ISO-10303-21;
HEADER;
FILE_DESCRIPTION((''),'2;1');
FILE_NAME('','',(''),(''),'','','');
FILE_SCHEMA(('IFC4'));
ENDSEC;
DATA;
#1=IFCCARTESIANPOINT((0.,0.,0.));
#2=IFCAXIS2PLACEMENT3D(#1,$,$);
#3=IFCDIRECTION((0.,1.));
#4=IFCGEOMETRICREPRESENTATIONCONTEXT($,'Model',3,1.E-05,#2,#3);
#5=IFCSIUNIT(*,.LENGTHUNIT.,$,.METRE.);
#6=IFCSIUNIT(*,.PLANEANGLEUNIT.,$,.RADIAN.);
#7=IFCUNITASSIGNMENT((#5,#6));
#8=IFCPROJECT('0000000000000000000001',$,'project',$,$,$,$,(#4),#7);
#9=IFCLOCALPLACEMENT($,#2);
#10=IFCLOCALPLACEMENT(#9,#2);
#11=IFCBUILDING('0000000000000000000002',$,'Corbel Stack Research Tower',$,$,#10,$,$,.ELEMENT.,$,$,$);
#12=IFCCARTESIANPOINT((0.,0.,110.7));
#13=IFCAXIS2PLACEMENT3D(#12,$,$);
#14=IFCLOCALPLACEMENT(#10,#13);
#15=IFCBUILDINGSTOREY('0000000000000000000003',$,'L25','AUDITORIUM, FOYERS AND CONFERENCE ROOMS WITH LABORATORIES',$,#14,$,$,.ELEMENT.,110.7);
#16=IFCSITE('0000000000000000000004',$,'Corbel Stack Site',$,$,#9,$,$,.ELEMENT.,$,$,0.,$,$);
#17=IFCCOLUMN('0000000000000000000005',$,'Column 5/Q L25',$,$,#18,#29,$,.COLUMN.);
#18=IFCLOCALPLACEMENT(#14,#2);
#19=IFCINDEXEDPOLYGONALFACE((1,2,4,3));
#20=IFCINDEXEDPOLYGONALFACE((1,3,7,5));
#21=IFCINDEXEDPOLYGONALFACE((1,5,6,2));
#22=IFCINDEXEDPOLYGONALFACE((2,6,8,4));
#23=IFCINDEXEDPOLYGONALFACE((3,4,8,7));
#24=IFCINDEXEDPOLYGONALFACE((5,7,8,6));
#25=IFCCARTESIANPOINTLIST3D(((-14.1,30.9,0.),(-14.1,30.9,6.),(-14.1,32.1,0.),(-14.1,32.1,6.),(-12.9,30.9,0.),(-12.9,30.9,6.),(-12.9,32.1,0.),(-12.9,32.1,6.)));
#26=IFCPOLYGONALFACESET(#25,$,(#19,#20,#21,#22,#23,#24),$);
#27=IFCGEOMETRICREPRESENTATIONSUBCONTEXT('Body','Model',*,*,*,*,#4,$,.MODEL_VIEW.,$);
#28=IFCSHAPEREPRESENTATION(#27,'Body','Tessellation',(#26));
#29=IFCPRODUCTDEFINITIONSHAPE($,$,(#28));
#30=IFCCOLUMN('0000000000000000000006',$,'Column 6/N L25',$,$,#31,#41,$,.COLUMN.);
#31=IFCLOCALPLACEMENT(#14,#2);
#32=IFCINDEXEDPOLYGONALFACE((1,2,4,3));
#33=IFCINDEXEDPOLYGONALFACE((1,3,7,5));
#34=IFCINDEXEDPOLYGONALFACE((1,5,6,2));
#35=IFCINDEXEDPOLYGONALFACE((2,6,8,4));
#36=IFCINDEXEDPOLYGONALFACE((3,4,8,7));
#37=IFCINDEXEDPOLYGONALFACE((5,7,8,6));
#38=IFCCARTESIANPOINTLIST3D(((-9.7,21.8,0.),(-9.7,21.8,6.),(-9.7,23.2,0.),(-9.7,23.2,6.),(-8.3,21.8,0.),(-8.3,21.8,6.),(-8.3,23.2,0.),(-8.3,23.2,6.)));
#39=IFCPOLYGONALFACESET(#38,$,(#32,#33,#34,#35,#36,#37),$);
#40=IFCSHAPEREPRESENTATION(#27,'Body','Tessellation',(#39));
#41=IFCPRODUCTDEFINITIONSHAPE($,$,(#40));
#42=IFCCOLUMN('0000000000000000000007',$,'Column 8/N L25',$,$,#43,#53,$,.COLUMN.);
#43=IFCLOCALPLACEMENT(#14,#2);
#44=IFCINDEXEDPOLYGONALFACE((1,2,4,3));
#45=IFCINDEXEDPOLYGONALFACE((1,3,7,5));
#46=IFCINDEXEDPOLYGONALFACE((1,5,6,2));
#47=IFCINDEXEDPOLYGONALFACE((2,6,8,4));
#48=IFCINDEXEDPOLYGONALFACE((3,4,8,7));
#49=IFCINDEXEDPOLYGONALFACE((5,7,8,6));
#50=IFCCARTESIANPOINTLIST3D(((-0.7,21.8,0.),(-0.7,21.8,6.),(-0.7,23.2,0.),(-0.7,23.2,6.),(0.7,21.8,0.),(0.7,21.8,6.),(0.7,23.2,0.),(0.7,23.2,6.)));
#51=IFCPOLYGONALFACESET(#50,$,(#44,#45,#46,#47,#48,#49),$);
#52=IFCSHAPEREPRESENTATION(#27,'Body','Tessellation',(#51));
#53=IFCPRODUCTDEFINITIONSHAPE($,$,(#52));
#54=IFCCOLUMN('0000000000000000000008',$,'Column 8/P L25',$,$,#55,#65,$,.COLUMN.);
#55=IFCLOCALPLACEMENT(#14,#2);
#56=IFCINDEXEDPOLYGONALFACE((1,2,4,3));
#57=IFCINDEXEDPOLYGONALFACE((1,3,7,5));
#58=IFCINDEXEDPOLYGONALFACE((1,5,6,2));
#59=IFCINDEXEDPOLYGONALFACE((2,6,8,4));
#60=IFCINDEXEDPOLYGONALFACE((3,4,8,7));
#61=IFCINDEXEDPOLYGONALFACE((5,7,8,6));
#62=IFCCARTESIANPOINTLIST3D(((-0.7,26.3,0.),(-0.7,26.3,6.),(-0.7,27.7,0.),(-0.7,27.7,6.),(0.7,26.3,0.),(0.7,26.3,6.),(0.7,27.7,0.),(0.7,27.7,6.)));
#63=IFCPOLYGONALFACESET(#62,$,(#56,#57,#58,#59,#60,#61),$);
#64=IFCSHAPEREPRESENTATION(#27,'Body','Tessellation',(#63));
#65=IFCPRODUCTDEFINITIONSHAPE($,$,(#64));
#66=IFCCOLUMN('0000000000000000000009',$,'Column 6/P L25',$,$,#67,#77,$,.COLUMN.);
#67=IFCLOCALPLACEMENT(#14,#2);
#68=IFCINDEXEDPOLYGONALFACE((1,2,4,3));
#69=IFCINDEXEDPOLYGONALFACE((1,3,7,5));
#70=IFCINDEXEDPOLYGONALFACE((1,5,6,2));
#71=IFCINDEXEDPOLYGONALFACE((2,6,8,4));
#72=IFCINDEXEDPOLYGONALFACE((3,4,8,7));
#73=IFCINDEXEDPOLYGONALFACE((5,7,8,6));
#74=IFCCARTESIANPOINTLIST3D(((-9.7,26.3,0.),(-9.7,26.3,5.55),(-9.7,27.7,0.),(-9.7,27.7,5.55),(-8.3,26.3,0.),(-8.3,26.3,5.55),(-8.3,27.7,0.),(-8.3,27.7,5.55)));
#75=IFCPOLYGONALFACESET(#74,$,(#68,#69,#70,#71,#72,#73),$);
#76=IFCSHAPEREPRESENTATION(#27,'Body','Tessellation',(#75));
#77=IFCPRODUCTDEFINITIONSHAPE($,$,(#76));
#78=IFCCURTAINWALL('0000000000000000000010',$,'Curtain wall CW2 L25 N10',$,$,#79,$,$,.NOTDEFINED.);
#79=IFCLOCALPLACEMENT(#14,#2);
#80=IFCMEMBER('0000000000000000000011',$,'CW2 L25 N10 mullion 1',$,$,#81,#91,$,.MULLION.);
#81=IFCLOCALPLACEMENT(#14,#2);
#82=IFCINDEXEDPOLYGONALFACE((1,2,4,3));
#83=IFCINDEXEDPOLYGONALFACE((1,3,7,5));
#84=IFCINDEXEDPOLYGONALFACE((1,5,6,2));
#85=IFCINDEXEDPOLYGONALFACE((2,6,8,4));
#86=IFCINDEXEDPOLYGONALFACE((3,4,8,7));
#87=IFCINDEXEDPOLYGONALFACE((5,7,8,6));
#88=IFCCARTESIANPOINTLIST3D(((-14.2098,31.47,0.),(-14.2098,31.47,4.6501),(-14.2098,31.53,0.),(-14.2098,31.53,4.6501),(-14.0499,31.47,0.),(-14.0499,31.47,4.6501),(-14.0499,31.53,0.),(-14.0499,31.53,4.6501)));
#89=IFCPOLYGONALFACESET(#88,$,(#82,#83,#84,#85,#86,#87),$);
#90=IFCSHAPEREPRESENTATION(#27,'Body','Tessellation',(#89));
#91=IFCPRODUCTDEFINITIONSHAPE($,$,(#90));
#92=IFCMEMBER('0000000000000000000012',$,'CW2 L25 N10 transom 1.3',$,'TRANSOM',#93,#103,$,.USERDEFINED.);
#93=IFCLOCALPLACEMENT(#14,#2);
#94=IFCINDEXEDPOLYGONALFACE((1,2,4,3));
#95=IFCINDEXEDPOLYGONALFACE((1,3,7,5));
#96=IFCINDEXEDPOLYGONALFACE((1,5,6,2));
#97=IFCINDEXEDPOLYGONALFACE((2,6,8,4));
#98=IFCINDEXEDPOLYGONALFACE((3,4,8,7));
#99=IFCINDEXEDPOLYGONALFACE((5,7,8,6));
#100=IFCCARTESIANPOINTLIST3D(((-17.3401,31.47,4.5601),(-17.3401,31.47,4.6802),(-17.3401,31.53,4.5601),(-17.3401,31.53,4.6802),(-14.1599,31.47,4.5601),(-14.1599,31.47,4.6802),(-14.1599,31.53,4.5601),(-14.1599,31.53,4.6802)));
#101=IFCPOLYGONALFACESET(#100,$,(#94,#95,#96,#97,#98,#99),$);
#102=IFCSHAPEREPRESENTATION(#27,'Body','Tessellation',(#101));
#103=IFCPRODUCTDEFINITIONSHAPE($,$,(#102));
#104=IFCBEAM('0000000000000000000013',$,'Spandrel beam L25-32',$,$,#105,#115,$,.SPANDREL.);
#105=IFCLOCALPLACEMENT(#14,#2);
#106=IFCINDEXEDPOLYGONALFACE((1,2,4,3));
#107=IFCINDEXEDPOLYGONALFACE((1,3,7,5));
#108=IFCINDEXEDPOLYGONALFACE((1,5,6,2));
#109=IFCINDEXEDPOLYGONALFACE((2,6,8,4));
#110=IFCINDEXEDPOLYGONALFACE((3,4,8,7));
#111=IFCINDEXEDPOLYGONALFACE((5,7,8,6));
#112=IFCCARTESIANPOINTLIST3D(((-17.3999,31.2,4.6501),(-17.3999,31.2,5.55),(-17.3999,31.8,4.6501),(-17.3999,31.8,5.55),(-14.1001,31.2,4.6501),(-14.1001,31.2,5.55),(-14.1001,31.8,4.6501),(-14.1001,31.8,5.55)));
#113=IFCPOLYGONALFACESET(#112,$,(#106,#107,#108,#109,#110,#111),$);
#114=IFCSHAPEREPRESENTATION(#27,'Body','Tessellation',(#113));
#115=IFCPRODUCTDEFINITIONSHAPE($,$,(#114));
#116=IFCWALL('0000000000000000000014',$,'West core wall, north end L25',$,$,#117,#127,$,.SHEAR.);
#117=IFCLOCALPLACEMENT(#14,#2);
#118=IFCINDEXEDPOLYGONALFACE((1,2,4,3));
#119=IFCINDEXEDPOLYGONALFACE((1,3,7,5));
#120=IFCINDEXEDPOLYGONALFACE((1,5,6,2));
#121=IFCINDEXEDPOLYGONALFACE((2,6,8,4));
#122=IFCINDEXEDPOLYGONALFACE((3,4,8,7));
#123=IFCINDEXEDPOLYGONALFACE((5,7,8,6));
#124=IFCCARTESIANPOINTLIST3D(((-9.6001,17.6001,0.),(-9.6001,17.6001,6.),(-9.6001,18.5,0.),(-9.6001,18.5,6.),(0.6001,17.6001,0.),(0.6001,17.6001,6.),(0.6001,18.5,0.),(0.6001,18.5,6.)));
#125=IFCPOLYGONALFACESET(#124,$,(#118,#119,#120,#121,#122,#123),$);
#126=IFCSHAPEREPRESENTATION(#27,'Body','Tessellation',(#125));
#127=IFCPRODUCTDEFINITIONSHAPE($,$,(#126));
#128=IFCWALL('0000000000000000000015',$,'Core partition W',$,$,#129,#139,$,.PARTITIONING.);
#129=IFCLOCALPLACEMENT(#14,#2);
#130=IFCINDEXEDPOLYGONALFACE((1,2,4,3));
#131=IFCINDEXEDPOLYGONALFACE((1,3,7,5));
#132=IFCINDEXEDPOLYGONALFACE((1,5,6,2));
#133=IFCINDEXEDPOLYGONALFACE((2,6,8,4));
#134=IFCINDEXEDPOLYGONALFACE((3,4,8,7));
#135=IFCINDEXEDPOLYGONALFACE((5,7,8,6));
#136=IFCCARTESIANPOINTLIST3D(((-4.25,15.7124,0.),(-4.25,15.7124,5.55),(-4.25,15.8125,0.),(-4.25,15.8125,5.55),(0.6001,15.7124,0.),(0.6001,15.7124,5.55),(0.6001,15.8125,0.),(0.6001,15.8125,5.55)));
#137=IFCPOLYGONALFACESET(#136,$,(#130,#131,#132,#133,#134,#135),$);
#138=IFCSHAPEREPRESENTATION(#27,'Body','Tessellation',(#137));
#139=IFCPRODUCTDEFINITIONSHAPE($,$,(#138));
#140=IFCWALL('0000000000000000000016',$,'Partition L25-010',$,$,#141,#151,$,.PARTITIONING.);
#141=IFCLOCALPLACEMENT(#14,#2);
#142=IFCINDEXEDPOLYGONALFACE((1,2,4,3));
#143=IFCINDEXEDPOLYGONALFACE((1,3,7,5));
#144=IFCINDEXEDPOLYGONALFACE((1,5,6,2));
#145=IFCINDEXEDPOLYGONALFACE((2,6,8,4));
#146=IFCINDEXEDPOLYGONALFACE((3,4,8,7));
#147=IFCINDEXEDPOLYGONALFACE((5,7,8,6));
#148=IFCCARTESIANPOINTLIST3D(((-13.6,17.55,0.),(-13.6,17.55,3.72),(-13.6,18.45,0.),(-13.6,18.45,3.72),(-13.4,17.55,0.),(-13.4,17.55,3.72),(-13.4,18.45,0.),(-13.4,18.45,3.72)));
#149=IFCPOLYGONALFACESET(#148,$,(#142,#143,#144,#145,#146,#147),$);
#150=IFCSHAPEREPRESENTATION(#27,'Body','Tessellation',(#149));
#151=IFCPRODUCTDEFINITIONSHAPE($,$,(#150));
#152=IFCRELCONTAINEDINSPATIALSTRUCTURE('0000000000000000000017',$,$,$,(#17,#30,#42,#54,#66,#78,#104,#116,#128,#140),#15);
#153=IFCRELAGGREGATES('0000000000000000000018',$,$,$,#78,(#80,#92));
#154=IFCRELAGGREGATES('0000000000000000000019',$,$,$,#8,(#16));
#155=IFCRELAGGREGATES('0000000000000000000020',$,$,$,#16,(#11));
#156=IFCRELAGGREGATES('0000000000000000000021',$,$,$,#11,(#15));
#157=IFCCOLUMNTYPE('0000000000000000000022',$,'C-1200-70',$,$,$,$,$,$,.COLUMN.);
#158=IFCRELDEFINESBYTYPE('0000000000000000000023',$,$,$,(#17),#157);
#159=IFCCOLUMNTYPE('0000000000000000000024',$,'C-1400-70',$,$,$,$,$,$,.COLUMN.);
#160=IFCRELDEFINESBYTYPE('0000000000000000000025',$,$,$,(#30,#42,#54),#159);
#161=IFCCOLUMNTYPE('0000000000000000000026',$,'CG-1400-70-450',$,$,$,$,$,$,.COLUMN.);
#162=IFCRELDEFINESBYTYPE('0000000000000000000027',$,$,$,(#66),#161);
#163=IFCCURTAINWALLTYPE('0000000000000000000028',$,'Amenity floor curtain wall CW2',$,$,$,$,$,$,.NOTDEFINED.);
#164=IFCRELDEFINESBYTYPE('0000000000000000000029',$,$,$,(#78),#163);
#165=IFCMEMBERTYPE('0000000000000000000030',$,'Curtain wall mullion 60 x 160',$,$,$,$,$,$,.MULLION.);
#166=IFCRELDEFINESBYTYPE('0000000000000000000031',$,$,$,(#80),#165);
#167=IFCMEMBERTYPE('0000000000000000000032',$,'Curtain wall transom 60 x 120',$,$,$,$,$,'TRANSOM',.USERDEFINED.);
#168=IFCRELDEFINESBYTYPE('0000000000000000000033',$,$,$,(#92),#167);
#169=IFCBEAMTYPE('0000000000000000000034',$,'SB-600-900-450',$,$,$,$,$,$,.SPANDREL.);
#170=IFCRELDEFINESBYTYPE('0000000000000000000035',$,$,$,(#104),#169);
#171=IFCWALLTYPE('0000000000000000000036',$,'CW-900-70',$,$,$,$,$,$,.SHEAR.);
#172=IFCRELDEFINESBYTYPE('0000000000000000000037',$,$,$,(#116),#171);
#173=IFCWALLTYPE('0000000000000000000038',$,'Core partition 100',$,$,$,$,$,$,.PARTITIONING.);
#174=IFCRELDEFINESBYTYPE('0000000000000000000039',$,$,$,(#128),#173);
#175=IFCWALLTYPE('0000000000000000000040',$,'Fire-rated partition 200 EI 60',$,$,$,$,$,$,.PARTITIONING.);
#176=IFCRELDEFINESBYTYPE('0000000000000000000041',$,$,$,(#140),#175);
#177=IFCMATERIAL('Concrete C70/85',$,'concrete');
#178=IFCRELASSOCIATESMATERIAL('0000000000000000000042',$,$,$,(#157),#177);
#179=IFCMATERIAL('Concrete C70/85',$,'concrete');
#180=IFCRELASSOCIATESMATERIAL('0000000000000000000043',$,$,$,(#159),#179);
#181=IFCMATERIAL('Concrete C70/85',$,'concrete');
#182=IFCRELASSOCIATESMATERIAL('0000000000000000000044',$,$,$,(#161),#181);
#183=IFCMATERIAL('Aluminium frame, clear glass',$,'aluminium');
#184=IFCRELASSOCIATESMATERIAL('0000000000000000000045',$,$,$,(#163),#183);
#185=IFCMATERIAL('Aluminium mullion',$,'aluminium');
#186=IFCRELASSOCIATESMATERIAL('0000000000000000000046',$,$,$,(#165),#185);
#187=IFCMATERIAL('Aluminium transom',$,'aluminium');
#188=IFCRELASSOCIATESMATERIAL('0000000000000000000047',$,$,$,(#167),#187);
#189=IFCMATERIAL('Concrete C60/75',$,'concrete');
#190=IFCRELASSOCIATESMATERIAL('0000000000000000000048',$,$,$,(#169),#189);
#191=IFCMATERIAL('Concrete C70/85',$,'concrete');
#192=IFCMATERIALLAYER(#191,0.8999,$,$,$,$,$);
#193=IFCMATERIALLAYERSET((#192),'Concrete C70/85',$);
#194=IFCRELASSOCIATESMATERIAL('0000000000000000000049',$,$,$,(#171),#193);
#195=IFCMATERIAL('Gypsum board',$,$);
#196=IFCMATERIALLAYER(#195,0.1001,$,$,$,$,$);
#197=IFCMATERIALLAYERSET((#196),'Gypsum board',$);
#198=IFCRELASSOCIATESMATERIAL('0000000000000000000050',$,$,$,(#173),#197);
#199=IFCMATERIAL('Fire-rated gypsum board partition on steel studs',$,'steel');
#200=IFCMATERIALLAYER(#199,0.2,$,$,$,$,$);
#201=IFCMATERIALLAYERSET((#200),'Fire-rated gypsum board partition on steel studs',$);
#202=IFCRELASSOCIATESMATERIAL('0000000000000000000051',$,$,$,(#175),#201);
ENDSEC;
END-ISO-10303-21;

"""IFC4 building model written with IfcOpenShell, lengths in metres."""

from ifc_helpers import new_model, si_unit, direction, frame, frame_2d, origin, origin_2d, place, context, subcontext, project, spatial, rectangle, extrude, material, layer, layer_set, material_profile, profile_set, type_object, element, aggregate, save


model = new_model("IFC4")

# Units and contexts
model_context = context("Model", 3, precision=1e-05, world=origin(), true_north=direction((0.0, 1.0)))
body_context = subcontext(model_context, "Body", "Model", "MODEL_VIEW")
ifc_project = project(units=[si_unit("LENGTHUNIT", "METRE"), si_unit("PLANEANGLEUNIT", "RADIAN")], contexts=[model_context])

# Site, building, storey
site_placement = place(None, origin())
site = spatial("IfcSite", under=ifc_project, at=site_placement, Name="Corbel Stack Site", CompositionType="ELEMENT", RefElevation=0.0)
building_placement = place(site_placement, origin())
building = spatial("IfcBuilding", under=site, at=building_placement, Name="Corbel Stack Research Tower", CompositionType="ELEMENT")
storey_placement = place(building_placement, frame((0.0, 0.0, 110.7)))
storey = spatial("IfcBuildingStorey", under=building, at=storey_placement, Name="L25", Description="AUDITORIUM, FOYERS AND CONFERENCE ROOMS WITH LABORATORIES", CompositionType="ELEMENT", Elevation=110.7)

# Columns
ifc_material_1 = material(Name="Concrete C70/85", Category="concrete")
ifc_material_profile_1 = material_profile(ifc_material_1, rectangle(XDim=1.2, YDim=1.2, at=origin_2d()), Name="RC 1200 x 1200")
ifc_profile_set_1 = profile_set([ifc_material_profile_1], Name="Concrete C70/85")
column_type_1 = type_object("IfcColumnType", Name="C-1200-70", PredefinedType="COLUMN", material=ifc_profile_set_1)
column_1_placement = place(storey_placement, frame((-13.5, 31.5, 0.0), z_axis=(0.0, 0.0, 1.0), x_axis=(1.0, 0.0, 0.0)))
element("IfcColumn", 1, at=column_1_placement, inside=storey, type_object=column_type_1, Name="Column 5/Q L25", PredefinedType="COLUMN", context=body_context, shape_type="SweptSolid", body=[
    extrude(rectangle(XDim=1.2, YDim=1.2, at=origin_2d()), origin(), (0.0, 0.0, 1.0), 6.0),
])
ifc_material_2 = material(Name="Concrete C70/85", Category="concrete")
ifc_material_profile_2 = material_profile(ifc_material_2, rectangle(XDim=1.3999, YDim=1.3999, at=origin_2d()), Name="RC 1400 x 1400")
ifc_profile_set_2 = profile_set([ifc_material_profile_2], Name="Concrete C70/85")
column_type_2 = type_object("IfcColumnType", Name="C-1400-70", PredefinedType="COLUMN", material=ifc_profile_set_2)
for number, where, z_axis, x_axis, name in (
    (2, (-9.0, 22.5, 0.0), (0.0, 0.0, 1.0), (1.0, 0.0, 0.0), "Column 6/N L25"),
    (3, (0.0, 22.5, 0.0), (0.0, 0.0, 1.0), (1.0, 0.0, 0.0), "Column 8/N L25"),
    (4, (0.0, 27.0, 0.0), (0.0, 0.0, 1.0), (1.0, 0.0, 0.0), "Column 8/P L25"),
):
    element("IfcColumn", number, at=place(storey_placement, frame(where, z_axis=z_axis, x_axis=x_axis)), inside=storey, type_object=column_type_2, Name=name, PredefinedType="COLUMN", context=body_context, shape_type="SweptSolid", body=[
        extrude(rectangle(XDim=1.3999, YDim=1.3999, at=origin_2d()), origin(), (0.0, 0.0, 1.0), 6.0),
    ])
ifc_material_3 = material(Name="Concrete C70/85", Category="concrete")
ifc_material_profile_3 = material_profile(ifc_material_3, rectangle(XDim=1.3999, YDim=1.3999, at=origin_2d()), Name="RC 1400 x 1400")
ifc_profile_set_3 = profile_set([ifc_material_profile_3], Name="Concrete C70/85")
column_type_3 = type_object("IfcColumnType", Name="CG-1400-70-450", PredefinedType="COLUMN", material=ifc_profile_set_3)
column_2_placement = place(storey_placement, frame((-9.0, 27.0, 0.0), z_axis=(0.0, 0.0, 1.0), x_axis=(1.0, 0.0, 0.0)))
element("IfcColumn", 5, at=column_2_placement, inside=storey, type_object=column_type_3, Name="Column 6/P L25", PredefinedType="COLUMN", context=body_context, shape_type="SweptSolid", body=[
    extrude(rectangle(XDim=1.3999, YDim=1.3999, at=origin_2d()), origin(), (0.0, 0.0, 1.0), 5.55),
])

# Curtain wall, members
ifc_material_4 = material(Name="Aluminium frame, clear glass", Category="aluminium")
curtain_wall_type = type_object("IfcCurtainWallType", Name="Amenity floor curtain wall CW2", PredefinedType="NOTDEFINED", material=ifc_material_4)
curtain_wall_placement = place(storey_placement, origin())
curtain_wall = element("IfcCurtainWall", 6, at=curtain_wall_placement, inside=storey, type_object=curtain_wall_type, Name="Curtain wall CW2 L25 N10", PredefinedType="NOTDEFINED")
ifc_material_5 = material(Name="Aluminium mullion", Category="aluminium")
ifc_material_profile_4 = material_profile(ifc_material_5, rectangle(XDim=0.0601, YDim=0.1599, at=origin_2d()), Name="Mullion 60 x 160")
ifc_profile_set_4 = profile_set([ifc_material_profile_4], Name="Aluminium mullion")
member_type_1 = type_object("IfcMemberType", Name="Curtain wall mullion 60 x 160", PredefinedType="MULLION", material=ifc_profile_set_4)
member_1_placement = place(storey_placement, frame((-14.1299, 31.5, 0.0), z_axis=(0.0, 0.0, 1.0), x_axis=(0.0, -1.0, 0.0)))
member_1 = element("IfcMember", 7, at=member_1_placement, type_object=member_type_1, Name="CW2 L25 N10 mullion 1", PredefinedType="MULLION", context=body_context, shape_type="SweptSolid", body=[
    extrude(rectangle(XDim=0.0601, YDim=0.1599, at=origin_2d()), origin(), (0.0, 0.0, 1.0), 4.6501),
])
ifc_material_6 = material(Name="Aluminium transom", Category="aluminium")
ifc_material_profile_5 = material_profile(ifc_material_6, rectangle(XDim=0.0601, YDim=0.1201, at=origin_2d()), Name="Transom 60 x 120")
ifc_profile_set_5 = profile_set([ifc_material_profile_5], Name="Aluminium transom")
member_type_2 = type_object("IfcMemberType", Name="Curtain wall transom 60 x 120", ElementType="TRANSOM", PredefinedType="USERDEFINED", material=ifc_profile_set_5)
member_2_placement = place(storey_placement, frame((-14.1599, 31.5, 4.6201), z_axis=(-1.0, 0.0, 0.0), x_axis=(0.0, -1.0, 0.0)))
member_2 = element("IfcMember", 8, at=member_2_placement, type_object=member_type_2, Name="CW2 L25 N10 transom 1.3", ObjectType="TRANSOM", PredefinedType="USERDEFINED", context=body_context, shape_type="SweptSolid", body=[
    extrude(rectangle(XDim=0.0601, YDim=0.1201, at=origin_2d()), origin(), (0.0, 0.0, 1.0), 3.1802),
])
aggregate(curtain_wall, [member_1, member_2])

# Beam
ifc_material_7 = material(Name="Concrete C60/75", Category="concrete")
ifc_material_profile_6 = material_profile(ifc_material_7, rectangle(XDim=0.6001, YDim=0.8999, at=origin_2d()), Name="RC 600 x 900")
ifc_profile_set_6 = profile_set([ifc_material_profile_6], Name="Concrete C60/75")
beam_type = type_object("IfcBeamType", Name="SB-600-900-450", PredefinedType="SPANDREL", material=ifc_profile_set_6)
beam_placement = place(storey_placement, frame((-14.1001, 31.5, 5.1001), z_axis=(-1.0, 0.0, 0.0), x_axis=(0.0, -1.0, 0.0)))
element("IfcBeam", 9, at=beam_placement, inside=storey, type_object=beam_type, Name="Spandrel beam L25-32", PredefinedType="SPANDREL", context=body_context, shape_type="SweptSolid", body=[
    extrude(rectangle(XDim=0.6001, YDim=0.8999, at=origin_2d()), origin(), (0.0, 0.0, 1.0), 3.2998),
])

# Walls
ifc_material_8 = material(Name="Concrete C70/85", Category="concrete")
ifc_layer_1 = layer(ifc_material_8, 0.8999)
ifc_layer_set_1 = layer_set([ifc_layer_1], Name="Concrete C70/85")
wall_type_1 = type_object("IfcWallType", Name="CW-900-70", PredefinedType="SHEAR", material=ifc_layer_set_1)
wall_1_placement = place(storey_placement, frame((-9.6001, 18.05, 0.0), z_axis=(0.0, 0.0, 1.0), x_axis=(1.0, 0.0, 0.0)))
element("IfcWall", 10, at=wall_1_placement, inside=storey, type_object=wall_type_1, Name="West core wall, north end L25", PredefinedType="SHEAR", context=body_context, shape_type="SweptSolid", body=[
    extrude(rectangle(XDim=10.2002, YDim=0.8999, at=frame_2d((5.1001, 0.0))), origin(), (0.0, 0.0, 1.0), 6.0),
])
ifc_material_9 = material(Name="Gypsum board")
ifc_layer_2 = layer(ifc_material_9, 0.1001)
ifc_layer_set_2 = layer_set([ifc_layer_2], Name="Gypsum board")
wall_type_2 = type_object("IfcWallType", Name="Core partition 100", PredefinedType="PARTITIONING", material=ifc_layer_set_2)
wall_2_placement = place(storey_placement, frame((-4.25, 15.7625, 0.0), z_axis=(0.0, 0.0, 1.0), x_axis=(1.0, 0.0, 0.0)))
element("IfcWall", 11, at=wall_2_placement, inside=storey, type_object=wall_type_2, Name="Core partition W", PredefinedType="PARTITIONING", context=body_context, shape_type="SweptSolid", body=[
    extrude(rectangle(XDim=4.8501, YDim=0.1001, at=frame_2d((2.425, 0.0))), origin(), (0.0, 0.0, 1.0), 5.55),
])
ifc_material_10 = material(Name="Fire-rated gypsum board partition on steel studs", Category="steel")
ifc_layer_3 = layer(ifc_material_10, 0.2)
ifc_layer_set_3 = layer_set([ifc_layer_3], Name="Fire-rated gypsum board partition on steel studs")
wall_type_3 = type_object("IfcWallType", Name="Fire-rated partition 200 EI 60", PredefinedType="PARTITIONING", material=ifc_layer_set_3)
wall_3_placement = place(storey_placement, frame((-13.5, 17.55, 0.0), z_axis=(0.0, 0.0, 1.0), x_axis=(0.0, 1.0, 0.0)))
element("IfcWall", 12, at=wall_3_placement, inside=storey, type_object=wall_type_3, Name="Partition L25-010", PredefinedType="PARTITIONING", context=body_context, shape_type="SweptSolid", body=[
    extrude(rectangle(XDim=0.8999, YDim=0.2, at=frame_2d((0.45, 0.0))), origin(), (0.0, 0.0, 1.0), 3.72),
])

save(model, "model.ifc")
